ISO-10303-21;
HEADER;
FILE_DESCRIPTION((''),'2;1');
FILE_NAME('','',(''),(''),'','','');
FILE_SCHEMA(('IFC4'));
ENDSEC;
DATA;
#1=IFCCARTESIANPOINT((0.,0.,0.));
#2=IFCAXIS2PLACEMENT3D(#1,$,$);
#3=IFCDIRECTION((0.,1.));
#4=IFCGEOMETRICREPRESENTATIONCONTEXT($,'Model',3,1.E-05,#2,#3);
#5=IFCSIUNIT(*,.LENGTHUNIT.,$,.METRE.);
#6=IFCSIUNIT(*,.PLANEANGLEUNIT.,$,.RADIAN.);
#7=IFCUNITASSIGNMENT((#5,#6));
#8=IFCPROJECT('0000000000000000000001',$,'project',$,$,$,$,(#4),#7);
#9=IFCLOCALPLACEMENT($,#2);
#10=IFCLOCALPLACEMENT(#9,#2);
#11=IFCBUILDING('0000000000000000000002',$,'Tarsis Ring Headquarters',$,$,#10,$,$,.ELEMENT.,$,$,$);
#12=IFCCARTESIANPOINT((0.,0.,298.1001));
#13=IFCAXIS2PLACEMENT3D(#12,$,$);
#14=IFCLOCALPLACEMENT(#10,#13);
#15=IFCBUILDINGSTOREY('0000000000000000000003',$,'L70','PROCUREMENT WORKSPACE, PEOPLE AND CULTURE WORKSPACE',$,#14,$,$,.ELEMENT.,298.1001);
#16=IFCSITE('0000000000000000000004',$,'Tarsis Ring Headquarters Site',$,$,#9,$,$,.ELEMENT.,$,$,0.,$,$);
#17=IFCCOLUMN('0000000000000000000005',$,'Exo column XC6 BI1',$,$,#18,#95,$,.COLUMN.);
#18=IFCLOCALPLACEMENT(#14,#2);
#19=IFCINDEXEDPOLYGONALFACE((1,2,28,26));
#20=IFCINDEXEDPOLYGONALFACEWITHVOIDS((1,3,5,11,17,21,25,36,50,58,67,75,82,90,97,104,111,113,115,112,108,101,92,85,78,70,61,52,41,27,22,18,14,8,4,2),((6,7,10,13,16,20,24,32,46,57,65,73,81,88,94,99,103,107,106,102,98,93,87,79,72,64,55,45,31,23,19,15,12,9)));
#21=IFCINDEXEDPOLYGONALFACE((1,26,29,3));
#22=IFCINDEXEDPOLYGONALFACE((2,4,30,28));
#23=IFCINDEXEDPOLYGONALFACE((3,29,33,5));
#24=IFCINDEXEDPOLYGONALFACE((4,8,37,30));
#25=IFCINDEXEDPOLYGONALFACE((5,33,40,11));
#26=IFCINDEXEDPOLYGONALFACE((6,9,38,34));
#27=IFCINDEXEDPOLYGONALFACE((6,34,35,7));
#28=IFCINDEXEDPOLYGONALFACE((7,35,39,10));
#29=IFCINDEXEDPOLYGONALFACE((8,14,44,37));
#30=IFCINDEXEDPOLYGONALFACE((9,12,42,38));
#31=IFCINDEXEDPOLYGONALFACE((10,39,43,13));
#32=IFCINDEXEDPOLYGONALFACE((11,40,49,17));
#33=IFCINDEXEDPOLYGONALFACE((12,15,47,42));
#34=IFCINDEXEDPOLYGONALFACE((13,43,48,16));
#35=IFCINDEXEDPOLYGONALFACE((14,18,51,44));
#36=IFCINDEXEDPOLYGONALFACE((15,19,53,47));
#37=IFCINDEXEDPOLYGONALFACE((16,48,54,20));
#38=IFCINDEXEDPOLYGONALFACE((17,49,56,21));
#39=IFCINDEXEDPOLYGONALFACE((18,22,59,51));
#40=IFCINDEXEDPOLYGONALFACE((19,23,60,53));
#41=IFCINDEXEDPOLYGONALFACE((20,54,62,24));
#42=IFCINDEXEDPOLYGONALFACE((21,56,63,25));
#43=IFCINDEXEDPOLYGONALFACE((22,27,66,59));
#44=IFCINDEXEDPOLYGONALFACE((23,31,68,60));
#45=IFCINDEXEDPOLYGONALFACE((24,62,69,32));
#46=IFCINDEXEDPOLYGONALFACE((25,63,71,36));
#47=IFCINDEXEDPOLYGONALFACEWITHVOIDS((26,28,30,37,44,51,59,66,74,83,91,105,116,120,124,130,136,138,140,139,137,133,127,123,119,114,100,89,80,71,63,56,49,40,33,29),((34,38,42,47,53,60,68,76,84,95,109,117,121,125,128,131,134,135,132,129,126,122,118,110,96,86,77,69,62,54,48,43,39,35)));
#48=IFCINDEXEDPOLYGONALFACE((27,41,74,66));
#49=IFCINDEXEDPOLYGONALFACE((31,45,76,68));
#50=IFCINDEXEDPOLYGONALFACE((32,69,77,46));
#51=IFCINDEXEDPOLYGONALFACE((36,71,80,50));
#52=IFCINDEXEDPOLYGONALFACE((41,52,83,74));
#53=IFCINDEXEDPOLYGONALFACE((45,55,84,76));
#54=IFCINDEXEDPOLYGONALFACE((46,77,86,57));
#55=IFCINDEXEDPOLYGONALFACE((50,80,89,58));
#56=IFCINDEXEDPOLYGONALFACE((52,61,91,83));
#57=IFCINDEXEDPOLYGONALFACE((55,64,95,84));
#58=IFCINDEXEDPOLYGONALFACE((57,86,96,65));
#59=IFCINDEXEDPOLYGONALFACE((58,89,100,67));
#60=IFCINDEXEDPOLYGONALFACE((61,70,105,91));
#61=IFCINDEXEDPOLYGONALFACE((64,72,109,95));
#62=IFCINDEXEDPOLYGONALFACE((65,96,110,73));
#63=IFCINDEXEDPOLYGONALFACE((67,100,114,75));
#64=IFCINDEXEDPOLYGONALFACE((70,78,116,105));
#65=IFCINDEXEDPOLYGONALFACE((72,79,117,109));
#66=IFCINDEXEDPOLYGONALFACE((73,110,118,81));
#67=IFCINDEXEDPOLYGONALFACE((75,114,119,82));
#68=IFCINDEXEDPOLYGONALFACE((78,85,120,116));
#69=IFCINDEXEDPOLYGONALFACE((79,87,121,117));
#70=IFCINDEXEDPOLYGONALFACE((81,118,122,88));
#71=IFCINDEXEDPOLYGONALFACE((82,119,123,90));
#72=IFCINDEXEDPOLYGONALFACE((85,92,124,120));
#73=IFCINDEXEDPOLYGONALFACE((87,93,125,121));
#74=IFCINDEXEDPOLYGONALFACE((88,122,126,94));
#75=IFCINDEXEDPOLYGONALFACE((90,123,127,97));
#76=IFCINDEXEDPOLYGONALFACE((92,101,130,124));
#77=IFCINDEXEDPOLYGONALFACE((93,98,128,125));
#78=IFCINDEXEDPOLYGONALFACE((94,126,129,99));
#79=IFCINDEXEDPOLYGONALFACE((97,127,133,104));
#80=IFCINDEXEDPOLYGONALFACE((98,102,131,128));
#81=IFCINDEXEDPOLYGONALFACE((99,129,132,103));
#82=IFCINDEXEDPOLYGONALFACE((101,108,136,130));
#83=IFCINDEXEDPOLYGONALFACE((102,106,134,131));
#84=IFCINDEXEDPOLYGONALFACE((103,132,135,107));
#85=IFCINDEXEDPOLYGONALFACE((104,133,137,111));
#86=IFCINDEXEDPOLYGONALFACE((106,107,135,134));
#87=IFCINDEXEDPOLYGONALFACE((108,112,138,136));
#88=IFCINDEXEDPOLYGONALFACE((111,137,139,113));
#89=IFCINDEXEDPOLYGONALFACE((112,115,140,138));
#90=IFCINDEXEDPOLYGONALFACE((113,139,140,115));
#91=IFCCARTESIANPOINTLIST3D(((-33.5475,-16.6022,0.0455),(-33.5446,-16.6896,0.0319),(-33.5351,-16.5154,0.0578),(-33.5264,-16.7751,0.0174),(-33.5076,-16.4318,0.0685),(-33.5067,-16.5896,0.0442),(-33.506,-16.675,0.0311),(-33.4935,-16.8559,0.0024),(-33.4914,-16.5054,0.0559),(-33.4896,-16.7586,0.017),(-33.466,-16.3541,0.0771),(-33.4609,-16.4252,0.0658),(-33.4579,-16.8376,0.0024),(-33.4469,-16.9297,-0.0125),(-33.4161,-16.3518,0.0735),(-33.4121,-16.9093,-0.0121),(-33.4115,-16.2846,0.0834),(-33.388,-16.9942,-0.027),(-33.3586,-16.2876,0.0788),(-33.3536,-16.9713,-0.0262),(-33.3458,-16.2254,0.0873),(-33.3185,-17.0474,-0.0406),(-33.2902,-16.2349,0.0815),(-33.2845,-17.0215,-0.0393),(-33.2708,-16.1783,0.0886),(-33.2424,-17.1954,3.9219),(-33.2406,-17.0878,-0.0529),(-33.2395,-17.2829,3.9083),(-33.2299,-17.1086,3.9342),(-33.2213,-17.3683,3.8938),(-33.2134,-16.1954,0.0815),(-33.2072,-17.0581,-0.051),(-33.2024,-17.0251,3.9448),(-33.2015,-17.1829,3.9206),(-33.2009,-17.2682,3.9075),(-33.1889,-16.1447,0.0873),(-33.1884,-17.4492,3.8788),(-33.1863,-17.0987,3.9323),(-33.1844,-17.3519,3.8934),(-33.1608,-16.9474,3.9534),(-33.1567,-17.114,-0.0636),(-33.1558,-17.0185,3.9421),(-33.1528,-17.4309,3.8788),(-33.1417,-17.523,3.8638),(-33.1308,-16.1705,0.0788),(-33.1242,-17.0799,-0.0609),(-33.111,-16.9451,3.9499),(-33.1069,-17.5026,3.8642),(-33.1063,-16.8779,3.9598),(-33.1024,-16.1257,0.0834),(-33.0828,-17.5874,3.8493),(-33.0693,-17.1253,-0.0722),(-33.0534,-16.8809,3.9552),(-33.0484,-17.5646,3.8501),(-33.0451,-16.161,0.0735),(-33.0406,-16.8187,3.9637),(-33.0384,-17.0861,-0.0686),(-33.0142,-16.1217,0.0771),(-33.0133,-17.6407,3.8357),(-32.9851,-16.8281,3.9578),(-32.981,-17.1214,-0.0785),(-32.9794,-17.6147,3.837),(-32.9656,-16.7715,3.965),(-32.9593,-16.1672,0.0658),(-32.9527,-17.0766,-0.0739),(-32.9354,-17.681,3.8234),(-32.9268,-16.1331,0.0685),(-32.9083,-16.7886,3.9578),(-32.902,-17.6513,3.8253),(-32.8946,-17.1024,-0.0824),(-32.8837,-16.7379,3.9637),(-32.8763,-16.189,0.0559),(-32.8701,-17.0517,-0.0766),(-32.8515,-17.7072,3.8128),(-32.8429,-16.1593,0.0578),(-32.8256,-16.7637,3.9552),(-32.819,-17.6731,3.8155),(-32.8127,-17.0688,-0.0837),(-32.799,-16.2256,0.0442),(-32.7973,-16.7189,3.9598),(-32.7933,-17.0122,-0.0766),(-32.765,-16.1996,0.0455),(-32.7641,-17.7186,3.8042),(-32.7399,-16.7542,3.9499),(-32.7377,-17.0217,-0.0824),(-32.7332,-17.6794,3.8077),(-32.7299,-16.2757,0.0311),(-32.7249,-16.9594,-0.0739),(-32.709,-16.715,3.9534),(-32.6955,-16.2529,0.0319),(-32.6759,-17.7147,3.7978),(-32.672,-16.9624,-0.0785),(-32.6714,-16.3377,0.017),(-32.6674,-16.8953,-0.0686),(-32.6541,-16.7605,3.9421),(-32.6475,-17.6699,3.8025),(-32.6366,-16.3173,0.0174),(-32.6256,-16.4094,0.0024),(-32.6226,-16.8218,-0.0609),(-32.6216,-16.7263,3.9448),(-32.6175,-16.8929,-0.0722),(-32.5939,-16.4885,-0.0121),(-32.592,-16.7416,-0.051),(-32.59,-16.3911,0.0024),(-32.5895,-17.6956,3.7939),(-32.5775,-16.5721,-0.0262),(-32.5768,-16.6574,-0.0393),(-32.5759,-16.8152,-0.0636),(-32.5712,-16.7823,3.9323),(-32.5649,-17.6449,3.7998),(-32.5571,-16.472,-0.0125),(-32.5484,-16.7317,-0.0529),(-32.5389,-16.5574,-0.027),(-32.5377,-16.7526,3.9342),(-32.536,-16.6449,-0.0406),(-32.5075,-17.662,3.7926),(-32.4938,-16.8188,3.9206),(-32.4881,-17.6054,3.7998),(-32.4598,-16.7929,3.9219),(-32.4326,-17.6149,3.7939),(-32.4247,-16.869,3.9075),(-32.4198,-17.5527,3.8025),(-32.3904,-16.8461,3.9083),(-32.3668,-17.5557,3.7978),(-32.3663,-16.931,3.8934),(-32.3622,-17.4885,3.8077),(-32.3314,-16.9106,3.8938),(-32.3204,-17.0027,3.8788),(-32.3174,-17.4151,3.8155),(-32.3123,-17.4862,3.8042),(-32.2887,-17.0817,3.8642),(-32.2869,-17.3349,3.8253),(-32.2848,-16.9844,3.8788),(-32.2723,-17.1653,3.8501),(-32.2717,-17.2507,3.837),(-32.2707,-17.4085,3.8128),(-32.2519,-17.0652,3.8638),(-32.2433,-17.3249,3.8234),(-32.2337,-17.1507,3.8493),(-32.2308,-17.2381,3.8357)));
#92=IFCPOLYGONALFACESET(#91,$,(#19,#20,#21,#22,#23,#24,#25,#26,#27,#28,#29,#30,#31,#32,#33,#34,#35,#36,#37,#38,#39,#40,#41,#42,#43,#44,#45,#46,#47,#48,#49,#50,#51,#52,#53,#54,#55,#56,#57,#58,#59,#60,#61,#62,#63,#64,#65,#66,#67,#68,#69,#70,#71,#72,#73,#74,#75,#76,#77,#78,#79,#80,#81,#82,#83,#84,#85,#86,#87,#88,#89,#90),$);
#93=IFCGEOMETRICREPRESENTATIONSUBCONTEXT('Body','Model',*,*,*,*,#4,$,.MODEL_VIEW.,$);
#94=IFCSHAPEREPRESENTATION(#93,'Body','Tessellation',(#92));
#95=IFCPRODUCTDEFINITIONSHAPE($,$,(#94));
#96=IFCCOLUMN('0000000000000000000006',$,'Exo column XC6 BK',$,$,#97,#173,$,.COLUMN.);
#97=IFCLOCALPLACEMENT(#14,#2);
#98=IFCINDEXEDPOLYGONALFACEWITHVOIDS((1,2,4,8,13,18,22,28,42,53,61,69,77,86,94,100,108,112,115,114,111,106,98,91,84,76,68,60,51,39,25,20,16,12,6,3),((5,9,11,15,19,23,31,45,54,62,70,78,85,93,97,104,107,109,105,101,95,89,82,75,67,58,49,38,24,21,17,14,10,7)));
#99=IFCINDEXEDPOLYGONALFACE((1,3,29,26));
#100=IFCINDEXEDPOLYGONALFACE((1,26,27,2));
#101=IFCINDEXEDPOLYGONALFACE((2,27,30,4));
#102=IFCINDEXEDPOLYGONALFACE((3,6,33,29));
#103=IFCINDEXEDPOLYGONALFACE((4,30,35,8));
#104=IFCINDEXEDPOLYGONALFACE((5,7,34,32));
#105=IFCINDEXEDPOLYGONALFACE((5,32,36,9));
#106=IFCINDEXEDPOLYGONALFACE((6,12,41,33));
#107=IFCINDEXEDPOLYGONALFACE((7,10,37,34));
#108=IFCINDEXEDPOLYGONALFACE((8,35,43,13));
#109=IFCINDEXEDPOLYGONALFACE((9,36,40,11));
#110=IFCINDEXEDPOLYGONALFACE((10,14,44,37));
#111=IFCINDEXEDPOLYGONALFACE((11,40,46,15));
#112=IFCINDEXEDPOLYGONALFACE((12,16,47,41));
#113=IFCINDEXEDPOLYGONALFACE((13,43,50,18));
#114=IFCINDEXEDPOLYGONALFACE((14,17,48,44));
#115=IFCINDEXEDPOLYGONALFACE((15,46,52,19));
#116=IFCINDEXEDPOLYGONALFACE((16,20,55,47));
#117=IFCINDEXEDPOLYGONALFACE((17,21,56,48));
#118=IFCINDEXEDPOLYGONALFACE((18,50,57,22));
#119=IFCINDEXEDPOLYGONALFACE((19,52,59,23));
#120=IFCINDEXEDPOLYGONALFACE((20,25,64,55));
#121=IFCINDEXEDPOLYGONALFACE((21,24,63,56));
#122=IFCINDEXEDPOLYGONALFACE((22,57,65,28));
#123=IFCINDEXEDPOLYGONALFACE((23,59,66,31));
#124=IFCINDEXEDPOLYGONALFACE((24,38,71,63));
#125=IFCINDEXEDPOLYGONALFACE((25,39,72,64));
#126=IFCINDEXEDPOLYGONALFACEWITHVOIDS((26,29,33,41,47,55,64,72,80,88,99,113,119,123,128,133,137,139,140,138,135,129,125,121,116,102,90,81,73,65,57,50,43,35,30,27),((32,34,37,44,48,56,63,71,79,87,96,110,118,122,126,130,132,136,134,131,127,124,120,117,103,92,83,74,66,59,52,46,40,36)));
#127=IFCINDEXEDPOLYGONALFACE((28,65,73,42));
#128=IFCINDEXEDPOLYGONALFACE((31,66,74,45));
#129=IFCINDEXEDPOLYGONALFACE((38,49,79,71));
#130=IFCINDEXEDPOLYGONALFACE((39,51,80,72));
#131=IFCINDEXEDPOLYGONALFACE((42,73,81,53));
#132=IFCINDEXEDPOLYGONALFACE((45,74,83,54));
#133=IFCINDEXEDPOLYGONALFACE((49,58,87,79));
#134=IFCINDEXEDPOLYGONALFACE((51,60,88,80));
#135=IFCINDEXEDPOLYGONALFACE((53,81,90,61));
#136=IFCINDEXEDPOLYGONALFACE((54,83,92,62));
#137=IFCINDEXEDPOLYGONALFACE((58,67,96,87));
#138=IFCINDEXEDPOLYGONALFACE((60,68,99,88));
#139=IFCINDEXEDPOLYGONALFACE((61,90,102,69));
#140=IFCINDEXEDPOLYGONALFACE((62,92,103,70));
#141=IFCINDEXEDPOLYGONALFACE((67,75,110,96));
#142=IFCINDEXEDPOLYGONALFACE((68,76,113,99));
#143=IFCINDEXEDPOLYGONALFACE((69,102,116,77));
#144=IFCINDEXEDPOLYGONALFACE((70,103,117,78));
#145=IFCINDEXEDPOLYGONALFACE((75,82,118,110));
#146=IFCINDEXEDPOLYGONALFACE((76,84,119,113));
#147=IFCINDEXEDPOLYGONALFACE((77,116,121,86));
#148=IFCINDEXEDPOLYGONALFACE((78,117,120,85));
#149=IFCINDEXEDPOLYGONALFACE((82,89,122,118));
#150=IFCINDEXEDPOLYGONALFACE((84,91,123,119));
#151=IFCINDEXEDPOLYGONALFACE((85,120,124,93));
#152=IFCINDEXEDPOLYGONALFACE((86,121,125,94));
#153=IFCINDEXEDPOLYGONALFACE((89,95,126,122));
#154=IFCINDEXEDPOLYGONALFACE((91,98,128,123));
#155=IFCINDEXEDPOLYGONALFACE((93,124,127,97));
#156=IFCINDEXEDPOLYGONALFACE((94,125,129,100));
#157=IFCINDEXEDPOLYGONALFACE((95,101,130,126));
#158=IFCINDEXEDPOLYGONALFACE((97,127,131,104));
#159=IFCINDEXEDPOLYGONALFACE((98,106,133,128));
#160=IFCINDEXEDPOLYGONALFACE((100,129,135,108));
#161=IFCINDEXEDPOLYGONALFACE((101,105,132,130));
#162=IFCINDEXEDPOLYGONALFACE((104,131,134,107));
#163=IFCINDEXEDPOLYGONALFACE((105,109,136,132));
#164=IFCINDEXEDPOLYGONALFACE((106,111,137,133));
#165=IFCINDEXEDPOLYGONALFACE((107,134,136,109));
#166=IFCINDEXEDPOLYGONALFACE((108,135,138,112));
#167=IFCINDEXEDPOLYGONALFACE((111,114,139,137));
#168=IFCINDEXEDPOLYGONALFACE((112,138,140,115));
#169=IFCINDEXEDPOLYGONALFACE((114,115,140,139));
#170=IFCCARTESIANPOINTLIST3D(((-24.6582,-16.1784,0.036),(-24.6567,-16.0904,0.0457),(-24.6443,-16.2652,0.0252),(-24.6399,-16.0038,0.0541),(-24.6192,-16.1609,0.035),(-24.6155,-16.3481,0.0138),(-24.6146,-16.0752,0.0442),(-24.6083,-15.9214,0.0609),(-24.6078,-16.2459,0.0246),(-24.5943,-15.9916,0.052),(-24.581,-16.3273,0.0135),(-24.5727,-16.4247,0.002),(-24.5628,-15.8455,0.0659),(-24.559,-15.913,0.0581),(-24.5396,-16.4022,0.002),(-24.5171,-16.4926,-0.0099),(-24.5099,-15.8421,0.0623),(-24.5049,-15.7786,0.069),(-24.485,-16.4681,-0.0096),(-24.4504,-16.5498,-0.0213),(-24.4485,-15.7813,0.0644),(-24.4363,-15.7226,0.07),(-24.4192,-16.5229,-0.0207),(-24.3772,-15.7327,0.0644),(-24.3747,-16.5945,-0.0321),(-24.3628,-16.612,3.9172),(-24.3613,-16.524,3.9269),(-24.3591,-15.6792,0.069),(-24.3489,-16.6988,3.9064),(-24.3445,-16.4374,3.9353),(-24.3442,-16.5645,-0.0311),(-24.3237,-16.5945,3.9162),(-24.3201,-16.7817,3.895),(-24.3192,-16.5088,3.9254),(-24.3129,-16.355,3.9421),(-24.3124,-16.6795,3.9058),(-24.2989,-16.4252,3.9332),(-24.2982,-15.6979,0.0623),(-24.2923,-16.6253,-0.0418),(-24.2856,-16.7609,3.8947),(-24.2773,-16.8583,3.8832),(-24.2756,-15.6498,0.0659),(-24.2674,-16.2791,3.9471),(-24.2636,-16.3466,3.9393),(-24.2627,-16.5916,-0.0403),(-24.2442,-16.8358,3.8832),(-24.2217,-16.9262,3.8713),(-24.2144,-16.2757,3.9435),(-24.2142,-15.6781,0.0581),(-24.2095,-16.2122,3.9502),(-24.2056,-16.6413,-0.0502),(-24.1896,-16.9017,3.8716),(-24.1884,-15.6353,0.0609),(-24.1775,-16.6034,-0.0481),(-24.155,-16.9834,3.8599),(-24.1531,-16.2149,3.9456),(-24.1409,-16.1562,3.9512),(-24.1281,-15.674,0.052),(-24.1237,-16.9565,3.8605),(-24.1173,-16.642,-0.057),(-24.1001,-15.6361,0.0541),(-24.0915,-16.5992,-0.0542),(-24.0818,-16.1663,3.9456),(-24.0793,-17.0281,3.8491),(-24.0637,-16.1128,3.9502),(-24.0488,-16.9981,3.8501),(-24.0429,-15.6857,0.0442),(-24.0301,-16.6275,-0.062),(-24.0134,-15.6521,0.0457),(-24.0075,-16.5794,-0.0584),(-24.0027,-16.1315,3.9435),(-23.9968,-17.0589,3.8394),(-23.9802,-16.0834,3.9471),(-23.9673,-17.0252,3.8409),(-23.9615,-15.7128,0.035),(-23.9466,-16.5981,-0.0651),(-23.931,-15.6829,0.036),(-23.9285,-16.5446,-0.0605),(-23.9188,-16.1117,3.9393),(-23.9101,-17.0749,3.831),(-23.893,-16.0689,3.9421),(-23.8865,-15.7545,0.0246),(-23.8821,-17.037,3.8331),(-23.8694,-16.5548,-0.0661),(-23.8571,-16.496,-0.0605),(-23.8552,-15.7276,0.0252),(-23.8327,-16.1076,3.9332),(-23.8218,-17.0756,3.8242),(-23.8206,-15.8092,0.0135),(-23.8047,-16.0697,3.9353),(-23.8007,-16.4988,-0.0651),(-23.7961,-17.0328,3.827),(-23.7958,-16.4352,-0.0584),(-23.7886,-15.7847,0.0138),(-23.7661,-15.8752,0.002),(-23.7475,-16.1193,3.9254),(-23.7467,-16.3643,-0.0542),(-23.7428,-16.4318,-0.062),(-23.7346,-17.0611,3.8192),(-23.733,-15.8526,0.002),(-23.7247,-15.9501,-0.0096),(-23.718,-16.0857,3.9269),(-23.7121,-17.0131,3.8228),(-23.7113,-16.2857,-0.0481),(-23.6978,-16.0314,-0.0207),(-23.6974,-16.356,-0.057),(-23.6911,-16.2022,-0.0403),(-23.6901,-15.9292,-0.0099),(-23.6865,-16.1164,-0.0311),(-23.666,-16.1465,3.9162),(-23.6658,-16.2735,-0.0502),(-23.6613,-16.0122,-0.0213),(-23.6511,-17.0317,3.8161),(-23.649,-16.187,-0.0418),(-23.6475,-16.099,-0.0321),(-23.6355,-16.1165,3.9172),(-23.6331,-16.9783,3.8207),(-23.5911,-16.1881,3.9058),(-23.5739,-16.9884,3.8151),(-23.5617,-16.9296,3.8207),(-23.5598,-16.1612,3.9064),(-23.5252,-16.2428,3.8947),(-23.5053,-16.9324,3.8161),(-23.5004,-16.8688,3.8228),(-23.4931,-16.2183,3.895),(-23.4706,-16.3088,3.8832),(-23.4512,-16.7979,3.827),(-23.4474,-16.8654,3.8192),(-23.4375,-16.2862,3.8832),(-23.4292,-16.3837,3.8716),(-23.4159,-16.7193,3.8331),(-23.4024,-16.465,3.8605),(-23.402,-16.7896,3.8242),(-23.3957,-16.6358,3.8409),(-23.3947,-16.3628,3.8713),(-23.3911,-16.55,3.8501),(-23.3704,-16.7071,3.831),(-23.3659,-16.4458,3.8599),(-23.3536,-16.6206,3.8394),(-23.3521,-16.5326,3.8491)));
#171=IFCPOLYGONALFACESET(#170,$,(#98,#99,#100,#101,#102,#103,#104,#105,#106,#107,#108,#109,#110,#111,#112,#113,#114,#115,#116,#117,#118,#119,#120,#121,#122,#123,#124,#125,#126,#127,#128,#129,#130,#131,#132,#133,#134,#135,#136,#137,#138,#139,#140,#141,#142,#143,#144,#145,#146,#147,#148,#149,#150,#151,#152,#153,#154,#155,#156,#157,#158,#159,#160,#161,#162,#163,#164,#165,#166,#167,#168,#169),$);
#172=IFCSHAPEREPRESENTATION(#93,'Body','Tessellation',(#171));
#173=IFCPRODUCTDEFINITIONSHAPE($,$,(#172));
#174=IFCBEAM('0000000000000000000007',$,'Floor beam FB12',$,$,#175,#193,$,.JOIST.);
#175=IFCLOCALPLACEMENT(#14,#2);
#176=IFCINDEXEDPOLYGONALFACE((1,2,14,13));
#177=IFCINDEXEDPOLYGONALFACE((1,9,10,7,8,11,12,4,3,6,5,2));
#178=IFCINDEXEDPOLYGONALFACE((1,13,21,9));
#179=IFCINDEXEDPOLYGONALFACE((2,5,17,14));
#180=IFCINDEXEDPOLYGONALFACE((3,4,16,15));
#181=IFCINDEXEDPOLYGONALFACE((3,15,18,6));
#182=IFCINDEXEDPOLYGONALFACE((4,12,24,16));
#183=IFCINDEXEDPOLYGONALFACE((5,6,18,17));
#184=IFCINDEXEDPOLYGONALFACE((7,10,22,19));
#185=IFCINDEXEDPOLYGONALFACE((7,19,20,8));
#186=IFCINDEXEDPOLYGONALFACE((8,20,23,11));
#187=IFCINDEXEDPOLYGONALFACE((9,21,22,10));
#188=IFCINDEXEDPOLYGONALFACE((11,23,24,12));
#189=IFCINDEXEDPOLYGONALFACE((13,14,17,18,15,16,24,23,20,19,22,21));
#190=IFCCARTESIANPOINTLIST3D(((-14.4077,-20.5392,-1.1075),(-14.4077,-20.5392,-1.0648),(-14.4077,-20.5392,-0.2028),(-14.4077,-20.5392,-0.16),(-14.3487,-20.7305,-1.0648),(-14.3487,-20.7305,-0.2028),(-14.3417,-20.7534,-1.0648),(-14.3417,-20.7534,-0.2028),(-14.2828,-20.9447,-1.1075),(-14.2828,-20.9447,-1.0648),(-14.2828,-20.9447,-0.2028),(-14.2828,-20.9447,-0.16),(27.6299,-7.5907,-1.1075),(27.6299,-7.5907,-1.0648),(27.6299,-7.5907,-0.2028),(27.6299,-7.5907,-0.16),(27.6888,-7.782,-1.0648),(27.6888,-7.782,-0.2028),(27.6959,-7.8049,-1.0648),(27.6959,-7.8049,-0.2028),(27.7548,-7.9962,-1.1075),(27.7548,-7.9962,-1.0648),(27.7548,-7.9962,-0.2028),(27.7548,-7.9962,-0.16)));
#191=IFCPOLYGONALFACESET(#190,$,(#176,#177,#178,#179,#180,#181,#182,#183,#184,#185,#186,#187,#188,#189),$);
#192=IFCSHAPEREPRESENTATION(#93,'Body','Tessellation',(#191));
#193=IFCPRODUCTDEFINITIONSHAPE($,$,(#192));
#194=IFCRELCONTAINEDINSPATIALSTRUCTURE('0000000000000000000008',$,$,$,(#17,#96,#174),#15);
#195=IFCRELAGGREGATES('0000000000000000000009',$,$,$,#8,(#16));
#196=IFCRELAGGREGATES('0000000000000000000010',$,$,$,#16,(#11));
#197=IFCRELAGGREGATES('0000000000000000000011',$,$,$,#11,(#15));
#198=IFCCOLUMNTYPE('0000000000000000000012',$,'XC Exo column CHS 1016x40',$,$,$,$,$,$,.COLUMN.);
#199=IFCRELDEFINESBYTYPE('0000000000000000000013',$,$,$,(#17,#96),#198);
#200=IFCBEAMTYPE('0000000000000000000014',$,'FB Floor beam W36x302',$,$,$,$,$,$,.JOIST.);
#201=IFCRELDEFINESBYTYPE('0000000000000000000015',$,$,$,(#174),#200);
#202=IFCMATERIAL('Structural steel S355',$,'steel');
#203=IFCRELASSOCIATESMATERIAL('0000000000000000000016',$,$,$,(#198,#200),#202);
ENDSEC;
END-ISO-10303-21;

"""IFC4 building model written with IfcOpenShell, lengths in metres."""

from ifc_helpers import new_model, si_unit, direction, frame, origin, origin_2d, place, context, subcontext, project, spatial, hollow_circle, i_section, extrude, material, material_profile, profile_set, type_object, element, save


model = new_model("IFC4")

# Units and contexts
model_context = context("Model", 3, precision=1e-05, world=origin(), true_north=direction((0.0, 1.0)))
body_context = subcontext(model_context, "Body", "Model", "MODEL_VIEW")
ifc_project = project(units=[si_unit("LENGTHUNIT", "METRE"), si_unit("PLANEANGLEUNIT", "RADIAN")], contexts=[model_context])

# Site, building, storey
site_placement = place(None, origin())
site = spatial("IfcSite", under=ifc_project, at=site_placement, Name="Tarsis Ring Headquarters Site", CompositionType="ELEMENT", RefElevation=0.0)
building_placement = place(site_placement, origin())
building = spatial("IfcBuilding", under=site, at=building_placement, Name="Tarsis Ring Headquarters", CompositionType="ELEMENT")
storey_placement = place(building_placement, frame((0.0, 0.0, 298.1001)))
storey = spatial("IfcBuildingStorey", under=building, at=storey_placement, Name="L70", Description="PROCUREMENT WORKSPACE, PEOPLE AND CULTURE WORKSPACE", CompositionType="ELEMENT", Elevation=298.1001)

# Columns
ifc_material_1 = material(Name="Structural steel S355", Category="steel")
ifc_material_profile_1 = material_profile(ifc_material_1, hollow_circle(Radius=0.5081, WallThickness=0.04, at=origin_2d()), Name="CHS 1016x40")
ifc_profile_set_1 = profile_set([ifc_material_profile_1], Name="Structural steel S355")
column_type = type_object("IfcColumnType", Name="XC Exo column CHS 1016x40", PredefinedType="COLUMN", material=ifc_profile_set_1)
column_1_placement = place(storey_placement, frame((-33.0417, -16.6235, 0.0024), z_axis=(0.077585, -0.150825, 0.985511), x_axis=(0.889245, 0.457431, 0.0)))
element("IfcColumn", 1, at=column_1_placement, inside=storey, type_object=column_type, Name="Exo column XC6 BI1", PredefinedType="COLUMN", context=body_context, shape_type="SweptSolid", body=[
    extrude(hollow_circle(Radius=0.5081, WallThickness=0.04, at=origin_2d()), origin(), (0.0, 0.0, 1.0), 3.9333),
])
column_2_placement = place(storey_placement, frame((-24.1528, -16.1387, 0.002), z_axis=(0.075429, -0.110712, 0.990986), x_axis=(0.826424, 0.563048, 0.0)))
element("IfcColumn", 2, at=column_2_placement, inside=storey, type_object=column_type, Name="Exo column XC6 BK", PredefinedType="COLUMN", context=body_context, shape_type="SweptSolid", body=[
    extrude(hollow_circle(Radius=0.5081, WallThickness=0.04, at=origin_2d()), origin(), (0.0, 0.0, 1.0), 3.9165),
])

# Beam
ifc_material_profile_2 = material_profile(ifc_material_1, i_section(OverallWidth=0.4243, OverallDepth=0.9475, WebThickness=0.0239, FlangeThickness=0.0427, at=origin_2d()), Name="W36x302")
ifc_profile_set_2 = profile_set([ifc_material_profile_2], Name="Structural steel S355")
beam_type_1 = type_object("IfcBeamType", Name="FB Floor beam W36x302", PredefinedType="JOIST", material=ifc_profile_set_2)
beam_1_placement = place(storey_placement, frame((-14.3452, -20.7419, -0.6338), z_axis=(0.955691, 0.294373, 0.0), x_axis=(-0.294373, 0.955691, 0.0)))
element("IfcBeam", 3, at=beam_1_placement, inside=storey, type_object=beam_type_1, Name="Floor beam FB12", PredefinedType="JOIST", context=body_context, shape_type="SweptSolid", body=[
    extrude(i_section(OverallWidth=0.4243, OverallDepth=0.9475, WebThickness=0.0239, FlangeThickness=0.0427, at=origin_2d()), origin(), (0.0, 0.0, 1.0), 43.9866),
])

save(model, "model.ifc")
